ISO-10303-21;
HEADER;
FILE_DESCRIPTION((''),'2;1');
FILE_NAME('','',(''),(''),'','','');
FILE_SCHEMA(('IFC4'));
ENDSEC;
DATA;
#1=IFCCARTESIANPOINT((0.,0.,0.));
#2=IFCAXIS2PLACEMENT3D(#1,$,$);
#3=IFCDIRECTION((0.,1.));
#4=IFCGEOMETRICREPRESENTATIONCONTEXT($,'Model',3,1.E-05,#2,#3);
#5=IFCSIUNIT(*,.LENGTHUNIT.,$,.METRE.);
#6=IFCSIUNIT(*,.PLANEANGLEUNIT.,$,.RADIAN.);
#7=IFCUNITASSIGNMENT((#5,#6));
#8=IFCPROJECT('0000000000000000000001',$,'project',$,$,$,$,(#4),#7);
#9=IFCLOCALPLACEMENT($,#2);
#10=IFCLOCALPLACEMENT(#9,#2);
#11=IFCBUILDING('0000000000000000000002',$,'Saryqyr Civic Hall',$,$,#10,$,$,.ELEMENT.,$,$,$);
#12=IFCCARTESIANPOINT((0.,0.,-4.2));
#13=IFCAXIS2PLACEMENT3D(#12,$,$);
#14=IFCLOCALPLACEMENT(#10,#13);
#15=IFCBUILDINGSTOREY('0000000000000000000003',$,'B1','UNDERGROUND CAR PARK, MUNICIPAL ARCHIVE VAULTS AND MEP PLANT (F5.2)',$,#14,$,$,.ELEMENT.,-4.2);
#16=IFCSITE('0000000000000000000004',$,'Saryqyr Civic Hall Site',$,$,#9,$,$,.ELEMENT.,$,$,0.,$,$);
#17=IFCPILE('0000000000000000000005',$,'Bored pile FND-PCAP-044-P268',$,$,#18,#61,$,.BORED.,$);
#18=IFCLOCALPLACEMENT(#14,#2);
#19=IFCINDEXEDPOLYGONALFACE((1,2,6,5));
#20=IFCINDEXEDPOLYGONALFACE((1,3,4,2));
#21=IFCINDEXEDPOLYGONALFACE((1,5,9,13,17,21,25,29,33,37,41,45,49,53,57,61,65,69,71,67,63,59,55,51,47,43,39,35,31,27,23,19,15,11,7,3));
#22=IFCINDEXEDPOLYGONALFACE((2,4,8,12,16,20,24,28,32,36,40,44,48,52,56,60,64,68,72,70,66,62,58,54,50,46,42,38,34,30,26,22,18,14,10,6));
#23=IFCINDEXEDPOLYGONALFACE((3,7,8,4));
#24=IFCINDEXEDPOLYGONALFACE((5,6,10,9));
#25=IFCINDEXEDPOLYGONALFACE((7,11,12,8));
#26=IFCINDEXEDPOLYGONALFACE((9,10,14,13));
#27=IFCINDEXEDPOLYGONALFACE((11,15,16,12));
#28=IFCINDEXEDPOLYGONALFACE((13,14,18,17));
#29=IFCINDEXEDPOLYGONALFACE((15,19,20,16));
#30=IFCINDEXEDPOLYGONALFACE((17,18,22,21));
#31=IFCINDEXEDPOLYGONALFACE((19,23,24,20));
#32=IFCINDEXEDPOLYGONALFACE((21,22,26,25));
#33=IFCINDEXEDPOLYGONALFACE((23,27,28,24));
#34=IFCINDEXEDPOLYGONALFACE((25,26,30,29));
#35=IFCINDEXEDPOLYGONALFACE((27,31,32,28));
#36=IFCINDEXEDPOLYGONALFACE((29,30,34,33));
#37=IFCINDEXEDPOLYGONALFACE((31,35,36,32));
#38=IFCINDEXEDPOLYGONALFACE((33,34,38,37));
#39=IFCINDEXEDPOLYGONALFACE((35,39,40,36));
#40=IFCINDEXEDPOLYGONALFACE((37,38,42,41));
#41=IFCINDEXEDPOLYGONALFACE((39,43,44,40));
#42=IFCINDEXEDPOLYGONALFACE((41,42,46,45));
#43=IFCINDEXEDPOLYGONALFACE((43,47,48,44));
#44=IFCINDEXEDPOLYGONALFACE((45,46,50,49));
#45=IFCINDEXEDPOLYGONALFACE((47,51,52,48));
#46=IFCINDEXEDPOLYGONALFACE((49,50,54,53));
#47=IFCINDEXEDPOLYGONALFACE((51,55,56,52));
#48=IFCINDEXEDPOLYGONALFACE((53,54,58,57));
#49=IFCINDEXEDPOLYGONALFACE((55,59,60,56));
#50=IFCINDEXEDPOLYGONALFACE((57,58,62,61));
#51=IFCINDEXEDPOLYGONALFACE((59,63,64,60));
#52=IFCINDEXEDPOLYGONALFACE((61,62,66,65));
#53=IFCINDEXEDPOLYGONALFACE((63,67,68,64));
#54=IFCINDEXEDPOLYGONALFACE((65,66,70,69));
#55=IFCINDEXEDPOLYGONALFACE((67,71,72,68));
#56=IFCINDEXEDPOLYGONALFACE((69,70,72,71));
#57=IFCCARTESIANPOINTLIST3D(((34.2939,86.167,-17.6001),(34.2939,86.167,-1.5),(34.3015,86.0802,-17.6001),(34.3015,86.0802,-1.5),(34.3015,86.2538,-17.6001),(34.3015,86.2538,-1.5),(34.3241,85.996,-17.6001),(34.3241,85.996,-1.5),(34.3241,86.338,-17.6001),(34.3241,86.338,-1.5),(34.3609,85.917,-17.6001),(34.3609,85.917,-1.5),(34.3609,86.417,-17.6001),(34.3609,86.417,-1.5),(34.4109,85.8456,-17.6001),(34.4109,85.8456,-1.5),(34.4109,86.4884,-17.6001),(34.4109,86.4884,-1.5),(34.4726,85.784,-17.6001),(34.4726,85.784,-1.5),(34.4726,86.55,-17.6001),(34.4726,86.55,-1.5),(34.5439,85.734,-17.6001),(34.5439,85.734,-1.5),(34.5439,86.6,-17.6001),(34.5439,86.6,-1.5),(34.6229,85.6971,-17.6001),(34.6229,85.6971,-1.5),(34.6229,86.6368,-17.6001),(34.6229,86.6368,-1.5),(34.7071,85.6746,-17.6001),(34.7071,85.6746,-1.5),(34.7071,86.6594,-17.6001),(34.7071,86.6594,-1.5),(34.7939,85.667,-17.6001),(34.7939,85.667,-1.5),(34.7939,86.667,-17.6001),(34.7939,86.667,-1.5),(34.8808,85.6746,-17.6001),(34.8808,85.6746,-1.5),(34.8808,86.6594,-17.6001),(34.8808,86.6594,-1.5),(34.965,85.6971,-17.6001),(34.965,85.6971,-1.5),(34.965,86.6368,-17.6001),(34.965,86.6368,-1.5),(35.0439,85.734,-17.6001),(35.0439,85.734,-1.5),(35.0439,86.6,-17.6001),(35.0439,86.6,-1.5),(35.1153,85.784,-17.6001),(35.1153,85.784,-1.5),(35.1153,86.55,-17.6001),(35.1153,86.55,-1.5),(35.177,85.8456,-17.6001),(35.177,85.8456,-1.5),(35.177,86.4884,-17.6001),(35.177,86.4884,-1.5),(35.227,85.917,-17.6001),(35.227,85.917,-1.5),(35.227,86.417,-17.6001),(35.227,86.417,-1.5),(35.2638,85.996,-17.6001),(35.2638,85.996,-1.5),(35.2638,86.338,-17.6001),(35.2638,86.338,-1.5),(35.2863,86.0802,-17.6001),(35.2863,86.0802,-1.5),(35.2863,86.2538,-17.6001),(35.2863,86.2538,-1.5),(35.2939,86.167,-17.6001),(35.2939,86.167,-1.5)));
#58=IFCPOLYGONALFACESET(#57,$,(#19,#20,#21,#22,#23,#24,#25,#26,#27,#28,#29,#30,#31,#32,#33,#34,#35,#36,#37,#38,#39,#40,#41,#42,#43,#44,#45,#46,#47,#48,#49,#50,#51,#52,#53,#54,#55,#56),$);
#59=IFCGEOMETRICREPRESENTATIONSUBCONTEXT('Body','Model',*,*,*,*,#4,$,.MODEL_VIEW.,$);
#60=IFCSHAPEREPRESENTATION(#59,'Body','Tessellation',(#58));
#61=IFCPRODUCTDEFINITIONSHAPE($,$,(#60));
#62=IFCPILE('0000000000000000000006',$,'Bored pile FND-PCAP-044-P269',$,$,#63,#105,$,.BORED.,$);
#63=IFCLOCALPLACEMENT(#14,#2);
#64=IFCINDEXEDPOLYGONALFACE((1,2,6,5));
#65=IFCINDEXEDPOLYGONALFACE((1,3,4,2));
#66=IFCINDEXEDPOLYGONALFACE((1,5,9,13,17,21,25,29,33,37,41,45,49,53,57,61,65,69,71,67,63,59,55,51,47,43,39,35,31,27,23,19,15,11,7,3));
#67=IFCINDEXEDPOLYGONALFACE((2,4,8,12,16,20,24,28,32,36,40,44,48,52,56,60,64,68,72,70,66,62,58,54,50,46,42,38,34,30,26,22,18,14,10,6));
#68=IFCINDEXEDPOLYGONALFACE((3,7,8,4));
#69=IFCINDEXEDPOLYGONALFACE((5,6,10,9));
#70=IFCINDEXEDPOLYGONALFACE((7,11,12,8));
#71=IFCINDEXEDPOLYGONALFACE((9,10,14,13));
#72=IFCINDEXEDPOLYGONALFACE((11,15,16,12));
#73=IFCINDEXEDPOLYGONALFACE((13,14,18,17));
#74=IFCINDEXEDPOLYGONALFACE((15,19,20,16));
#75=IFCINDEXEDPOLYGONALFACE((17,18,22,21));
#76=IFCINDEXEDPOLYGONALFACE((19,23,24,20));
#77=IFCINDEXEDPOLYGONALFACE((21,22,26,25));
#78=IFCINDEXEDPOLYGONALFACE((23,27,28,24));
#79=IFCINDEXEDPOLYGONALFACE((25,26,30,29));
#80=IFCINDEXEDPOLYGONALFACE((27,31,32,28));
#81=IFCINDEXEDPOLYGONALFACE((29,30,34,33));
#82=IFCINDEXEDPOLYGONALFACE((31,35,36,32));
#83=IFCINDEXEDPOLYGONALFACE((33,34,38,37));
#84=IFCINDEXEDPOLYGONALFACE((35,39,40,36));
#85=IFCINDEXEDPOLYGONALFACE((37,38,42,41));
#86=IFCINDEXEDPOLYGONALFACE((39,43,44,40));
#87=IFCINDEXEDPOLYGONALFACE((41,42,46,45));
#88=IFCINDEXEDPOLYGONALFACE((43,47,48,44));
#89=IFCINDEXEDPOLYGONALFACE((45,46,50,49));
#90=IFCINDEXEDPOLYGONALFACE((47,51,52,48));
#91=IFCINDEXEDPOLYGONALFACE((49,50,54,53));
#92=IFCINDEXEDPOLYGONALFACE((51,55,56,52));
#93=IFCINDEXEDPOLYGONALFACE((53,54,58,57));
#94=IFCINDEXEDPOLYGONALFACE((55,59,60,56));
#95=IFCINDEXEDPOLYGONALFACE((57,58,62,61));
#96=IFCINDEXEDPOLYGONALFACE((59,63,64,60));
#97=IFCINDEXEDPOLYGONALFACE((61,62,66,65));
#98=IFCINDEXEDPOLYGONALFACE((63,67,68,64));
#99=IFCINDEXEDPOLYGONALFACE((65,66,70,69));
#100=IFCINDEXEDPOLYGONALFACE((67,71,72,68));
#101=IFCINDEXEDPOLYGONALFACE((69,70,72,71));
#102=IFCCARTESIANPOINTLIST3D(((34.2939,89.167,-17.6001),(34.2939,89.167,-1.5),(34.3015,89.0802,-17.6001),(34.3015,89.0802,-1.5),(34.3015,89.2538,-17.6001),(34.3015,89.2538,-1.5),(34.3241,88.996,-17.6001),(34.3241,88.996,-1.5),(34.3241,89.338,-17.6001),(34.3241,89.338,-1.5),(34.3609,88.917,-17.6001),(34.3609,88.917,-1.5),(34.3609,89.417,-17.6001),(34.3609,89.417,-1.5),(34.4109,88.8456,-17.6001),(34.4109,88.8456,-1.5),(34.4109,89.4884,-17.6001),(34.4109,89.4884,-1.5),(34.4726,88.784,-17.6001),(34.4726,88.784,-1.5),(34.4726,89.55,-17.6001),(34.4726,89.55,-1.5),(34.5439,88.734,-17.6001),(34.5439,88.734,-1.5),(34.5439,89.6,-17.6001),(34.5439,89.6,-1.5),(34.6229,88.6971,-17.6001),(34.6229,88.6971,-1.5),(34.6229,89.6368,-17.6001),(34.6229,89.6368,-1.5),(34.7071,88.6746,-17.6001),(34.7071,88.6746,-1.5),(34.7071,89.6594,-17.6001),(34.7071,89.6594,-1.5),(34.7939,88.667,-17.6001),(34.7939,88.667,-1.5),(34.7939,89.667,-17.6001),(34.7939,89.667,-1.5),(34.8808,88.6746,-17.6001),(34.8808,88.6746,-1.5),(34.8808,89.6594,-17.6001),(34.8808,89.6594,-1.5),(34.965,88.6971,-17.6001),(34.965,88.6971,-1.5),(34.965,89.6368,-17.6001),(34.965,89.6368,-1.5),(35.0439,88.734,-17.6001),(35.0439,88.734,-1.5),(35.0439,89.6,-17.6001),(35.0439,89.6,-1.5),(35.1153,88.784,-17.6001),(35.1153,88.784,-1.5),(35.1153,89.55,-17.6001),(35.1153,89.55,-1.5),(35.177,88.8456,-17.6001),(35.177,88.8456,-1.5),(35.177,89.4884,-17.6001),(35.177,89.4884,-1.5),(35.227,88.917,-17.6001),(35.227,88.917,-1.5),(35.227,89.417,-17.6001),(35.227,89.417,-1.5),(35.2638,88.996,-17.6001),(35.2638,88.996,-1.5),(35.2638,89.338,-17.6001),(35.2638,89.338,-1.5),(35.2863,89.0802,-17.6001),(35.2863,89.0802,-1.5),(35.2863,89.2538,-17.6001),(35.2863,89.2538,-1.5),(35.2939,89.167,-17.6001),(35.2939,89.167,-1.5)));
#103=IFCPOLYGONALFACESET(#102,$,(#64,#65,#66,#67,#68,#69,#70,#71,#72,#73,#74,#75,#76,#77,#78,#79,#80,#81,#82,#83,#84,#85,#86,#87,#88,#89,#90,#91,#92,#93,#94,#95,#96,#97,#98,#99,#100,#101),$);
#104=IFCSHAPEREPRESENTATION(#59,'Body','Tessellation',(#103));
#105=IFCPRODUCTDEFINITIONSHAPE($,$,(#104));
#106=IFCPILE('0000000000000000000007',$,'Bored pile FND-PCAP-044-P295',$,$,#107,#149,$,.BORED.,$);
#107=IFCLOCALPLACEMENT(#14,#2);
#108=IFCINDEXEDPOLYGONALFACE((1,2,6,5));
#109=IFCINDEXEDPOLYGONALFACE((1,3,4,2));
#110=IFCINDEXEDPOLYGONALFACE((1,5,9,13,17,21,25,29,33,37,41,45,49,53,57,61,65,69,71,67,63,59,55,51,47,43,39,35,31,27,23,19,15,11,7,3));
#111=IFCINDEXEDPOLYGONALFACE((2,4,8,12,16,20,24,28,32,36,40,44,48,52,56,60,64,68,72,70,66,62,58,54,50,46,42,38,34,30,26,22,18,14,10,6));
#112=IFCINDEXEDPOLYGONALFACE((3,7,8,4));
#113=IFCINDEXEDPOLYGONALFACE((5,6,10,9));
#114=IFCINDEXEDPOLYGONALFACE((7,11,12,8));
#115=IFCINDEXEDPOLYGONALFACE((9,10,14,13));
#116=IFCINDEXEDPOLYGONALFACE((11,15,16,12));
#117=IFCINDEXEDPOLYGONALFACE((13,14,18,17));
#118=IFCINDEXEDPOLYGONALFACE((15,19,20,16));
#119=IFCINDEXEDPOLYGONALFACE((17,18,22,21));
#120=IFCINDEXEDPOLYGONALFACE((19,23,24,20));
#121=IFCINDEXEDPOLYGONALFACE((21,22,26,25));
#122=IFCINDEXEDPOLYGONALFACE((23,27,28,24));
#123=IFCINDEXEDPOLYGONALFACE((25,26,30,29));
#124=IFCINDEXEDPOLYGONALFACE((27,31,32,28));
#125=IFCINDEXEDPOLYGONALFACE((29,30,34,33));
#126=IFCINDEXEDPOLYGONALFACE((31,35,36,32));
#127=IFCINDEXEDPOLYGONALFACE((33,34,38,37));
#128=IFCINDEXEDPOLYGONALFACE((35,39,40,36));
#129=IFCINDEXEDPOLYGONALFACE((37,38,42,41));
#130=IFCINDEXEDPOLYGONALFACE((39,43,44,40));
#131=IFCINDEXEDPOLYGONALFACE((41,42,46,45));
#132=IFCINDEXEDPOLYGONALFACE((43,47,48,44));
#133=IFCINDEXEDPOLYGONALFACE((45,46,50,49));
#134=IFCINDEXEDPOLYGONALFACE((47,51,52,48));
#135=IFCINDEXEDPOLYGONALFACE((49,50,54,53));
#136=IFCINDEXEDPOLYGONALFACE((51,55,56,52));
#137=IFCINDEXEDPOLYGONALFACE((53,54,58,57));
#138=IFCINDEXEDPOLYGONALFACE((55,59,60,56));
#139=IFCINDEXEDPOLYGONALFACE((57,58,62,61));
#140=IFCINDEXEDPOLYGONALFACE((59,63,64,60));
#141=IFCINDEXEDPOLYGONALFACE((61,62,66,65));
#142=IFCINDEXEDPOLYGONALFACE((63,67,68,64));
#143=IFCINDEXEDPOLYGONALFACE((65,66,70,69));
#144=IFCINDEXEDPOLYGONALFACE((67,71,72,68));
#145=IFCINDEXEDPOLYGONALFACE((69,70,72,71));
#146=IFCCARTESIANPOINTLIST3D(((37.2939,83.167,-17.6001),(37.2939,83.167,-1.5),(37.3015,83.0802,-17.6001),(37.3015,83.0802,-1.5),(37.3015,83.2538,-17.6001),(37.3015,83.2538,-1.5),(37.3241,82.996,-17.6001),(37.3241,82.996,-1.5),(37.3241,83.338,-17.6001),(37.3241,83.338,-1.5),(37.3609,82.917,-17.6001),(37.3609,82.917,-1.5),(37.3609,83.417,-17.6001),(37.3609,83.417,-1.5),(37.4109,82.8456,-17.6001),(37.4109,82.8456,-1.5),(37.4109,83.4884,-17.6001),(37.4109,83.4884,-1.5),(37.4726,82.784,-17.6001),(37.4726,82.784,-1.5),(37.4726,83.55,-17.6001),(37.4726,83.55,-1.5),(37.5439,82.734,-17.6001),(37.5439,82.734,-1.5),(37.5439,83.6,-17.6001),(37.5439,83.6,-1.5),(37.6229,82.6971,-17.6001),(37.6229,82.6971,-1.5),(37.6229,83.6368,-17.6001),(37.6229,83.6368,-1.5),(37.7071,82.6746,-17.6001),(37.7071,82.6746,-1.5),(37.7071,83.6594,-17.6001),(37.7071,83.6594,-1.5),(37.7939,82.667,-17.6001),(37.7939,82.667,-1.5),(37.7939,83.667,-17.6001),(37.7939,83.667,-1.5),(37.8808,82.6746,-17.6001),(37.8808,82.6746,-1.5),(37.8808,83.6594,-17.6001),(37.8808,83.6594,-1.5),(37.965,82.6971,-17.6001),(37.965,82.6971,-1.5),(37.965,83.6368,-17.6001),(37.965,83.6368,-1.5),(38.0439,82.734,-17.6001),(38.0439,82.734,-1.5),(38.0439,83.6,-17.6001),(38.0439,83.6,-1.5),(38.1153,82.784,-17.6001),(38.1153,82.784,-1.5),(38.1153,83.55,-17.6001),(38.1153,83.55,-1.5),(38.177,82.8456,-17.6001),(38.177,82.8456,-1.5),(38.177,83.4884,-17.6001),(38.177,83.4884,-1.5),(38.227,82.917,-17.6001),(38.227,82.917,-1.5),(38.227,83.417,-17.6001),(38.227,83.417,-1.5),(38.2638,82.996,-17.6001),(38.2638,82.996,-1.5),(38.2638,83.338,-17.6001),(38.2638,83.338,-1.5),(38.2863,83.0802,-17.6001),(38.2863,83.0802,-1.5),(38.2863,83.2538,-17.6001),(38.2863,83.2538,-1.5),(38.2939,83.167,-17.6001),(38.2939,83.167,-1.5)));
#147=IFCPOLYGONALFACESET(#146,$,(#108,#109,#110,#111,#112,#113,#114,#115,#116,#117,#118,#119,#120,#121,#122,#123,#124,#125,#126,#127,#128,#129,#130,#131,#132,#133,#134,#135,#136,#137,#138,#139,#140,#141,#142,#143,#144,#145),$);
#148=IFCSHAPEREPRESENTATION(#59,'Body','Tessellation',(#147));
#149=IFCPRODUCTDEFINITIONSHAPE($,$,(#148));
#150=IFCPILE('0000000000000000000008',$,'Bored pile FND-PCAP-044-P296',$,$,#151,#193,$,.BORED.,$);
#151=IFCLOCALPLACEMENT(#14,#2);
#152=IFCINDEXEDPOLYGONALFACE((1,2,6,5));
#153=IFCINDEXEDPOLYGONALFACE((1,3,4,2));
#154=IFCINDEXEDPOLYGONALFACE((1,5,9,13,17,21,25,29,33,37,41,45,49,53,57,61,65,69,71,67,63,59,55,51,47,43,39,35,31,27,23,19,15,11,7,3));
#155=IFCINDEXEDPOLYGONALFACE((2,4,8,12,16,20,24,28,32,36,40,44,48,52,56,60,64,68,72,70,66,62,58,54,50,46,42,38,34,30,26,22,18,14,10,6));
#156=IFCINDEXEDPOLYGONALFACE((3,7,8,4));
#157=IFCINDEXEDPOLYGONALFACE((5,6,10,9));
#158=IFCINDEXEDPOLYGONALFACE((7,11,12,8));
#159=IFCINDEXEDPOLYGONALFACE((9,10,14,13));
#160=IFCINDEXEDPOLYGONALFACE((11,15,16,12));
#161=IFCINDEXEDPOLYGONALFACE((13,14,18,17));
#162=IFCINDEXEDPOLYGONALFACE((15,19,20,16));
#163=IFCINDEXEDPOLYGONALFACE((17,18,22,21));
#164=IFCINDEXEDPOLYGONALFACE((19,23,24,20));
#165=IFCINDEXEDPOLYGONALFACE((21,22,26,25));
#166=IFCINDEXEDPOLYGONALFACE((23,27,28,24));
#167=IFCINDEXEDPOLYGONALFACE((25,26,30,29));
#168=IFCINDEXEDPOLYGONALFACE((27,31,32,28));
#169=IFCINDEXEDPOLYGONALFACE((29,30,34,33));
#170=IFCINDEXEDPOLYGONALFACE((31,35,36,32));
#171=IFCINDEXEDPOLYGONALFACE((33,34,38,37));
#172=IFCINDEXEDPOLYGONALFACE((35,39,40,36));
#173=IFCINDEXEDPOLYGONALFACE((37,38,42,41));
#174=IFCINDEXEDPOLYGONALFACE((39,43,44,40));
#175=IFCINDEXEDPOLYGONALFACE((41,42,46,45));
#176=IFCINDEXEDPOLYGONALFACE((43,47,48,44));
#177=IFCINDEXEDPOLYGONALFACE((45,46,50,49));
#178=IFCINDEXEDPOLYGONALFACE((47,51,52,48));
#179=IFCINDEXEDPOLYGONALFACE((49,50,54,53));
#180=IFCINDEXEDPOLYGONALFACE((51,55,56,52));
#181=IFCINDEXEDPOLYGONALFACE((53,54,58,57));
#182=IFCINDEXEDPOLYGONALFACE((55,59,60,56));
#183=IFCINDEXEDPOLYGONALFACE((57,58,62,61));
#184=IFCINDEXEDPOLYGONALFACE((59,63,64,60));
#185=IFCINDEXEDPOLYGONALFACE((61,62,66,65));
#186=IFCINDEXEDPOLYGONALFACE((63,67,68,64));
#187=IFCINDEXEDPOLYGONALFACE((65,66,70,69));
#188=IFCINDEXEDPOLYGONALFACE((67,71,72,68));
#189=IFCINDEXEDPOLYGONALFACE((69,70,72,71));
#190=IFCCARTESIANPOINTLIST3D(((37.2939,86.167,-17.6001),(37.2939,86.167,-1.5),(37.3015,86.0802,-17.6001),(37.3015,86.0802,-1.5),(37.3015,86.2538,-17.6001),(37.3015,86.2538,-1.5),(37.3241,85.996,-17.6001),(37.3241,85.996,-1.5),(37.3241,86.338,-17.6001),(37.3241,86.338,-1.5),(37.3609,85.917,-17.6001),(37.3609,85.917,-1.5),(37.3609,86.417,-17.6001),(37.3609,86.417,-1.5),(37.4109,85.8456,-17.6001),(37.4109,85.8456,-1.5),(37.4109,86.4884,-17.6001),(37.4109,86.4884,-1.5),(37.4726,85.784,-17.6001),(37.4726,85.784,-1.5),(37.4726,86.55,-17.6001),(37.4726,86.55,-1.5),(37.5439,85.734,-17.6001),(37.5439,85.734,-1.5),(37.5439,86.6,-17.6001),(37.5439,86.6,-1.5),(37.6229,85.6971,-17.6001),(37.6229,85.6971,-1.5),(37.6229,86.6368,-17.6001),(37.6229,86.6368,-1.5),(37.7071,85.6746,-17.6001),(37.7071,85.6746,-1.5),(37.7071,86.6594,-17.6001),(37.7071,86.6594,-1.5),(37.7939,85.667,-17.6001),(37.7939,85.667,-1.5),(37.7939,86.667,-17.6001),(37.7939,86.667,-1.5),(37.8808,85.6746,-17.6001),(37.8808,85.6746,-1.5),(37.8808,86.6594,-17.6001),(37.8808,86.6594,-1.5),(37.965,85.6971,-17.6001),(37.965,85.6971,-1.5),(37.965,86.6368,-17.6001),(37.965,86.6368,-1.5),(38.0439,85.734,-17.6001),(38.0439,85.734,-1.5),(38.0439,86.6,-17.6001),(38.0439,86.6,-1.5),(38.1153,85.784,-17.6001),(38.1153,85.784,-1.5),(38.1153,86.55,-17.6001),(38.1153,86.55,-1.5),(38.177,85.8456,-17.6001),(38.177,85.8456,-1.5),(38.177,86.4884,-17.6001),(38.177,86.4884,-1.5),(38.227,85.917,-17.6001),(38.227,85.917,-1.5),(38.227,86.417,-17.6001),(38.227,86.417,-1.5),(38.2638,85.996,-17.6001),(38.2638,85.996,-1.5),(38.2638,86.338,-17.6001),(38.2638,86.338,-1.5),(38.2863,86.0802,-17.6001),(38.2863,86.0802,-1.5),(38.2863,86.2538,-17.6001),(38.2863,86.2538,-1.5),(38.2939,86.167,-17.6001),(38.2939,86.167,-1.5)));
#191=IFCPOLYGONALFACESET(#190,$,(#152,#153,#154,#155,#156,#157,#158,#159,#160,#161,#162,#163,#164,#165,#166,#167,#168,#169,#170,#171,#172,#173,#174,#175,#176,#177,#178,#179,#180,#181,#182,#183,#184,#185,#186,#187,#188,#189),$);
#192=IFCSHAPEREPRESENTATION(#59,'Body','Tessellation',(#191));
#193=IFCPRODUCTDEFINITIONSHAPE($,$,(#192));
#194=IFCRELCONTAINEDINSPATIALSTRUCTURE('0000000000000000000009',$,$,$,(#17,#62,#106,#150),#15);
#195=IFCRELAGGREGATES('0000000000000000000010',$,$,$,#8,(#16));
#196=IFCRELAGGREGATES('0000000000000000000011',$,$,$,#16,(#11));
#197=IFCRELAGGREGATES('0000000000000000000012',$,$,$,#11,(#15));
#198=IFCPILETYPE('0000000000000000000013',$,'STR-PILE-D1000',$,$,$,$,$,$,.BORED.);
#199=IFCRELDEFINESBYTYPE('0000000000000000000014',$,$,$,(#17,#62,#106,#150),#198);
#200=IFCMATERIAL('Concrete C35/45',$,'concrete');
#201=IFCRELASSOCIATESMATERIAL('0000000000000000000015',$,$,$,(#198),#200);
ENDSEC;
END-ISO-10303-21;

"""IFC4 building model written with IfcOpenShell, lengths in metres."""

from ifc_helpers import new_model, si_unit, direction, frame, origin, origin_2d, place, context, subcontext, project, spatial, circle, extrude, material, material_profile, profile_set, type_object, element, save


model = new_model("IFC4")

# Units and contexts
model_context = context("Model", 3, precision=1e-05, world=origin(), true_north=direction((0.0, 1.0)))
body_context = subcontext(model_context, "Body", "Model", "MODEL_VIEW")
ifc_project = project(units=[si_unit("LENGTHUNIT", "METRE"), si_unit("PLANEANGLEUNIT", "RADIAN")], contexts=[model_context])

# Site, building, storey
site_placement = place(None, origin())
site = spatial("IfcSite", under=ifc_project, at=site_placement, Name="Saryqyr Civic Hall Site", CompositionType="ELEMENT", RefElevation=0.0)
building_placement = place(site_placement, origin())
building = spatial("IfcBuilding", under=site, at=building_placement, Name="Saryqyr Civic Hall", CompositionType="ELEMENT")
storey_placement = place(building_placement, frame((0.0, 0.0, -4.2)))
storey = spatial("IfcBuildingStorey", under=building, at=storey_placement, Name="B1", Description="UNDERGROUND CAR PARK, MUNICIPAL ARCHIVE VAULTS AND MEP PLANT (F5.2)", CompositionType="ELEMENT", Elevation=-4.2)

# Piles
ifc_material_1 = material(Name="Concrete C35/45", Category="concrete")
ifc_material_profile_1 = material_profile(ifc_material_1, circle(Radius=0.5, at=origin_2d()), Name="BORED PILE D1000")
ifc_profile_set_1 = profile_set([ifc_material_profile_1], Name="Concrete C35/45")
pile_type = type_object("IfcPileType", Name="STR-PILE-D1000", PredefinedType="BORED", material=ifc_profile_set_1)
for number, where, z_axis, x_axis, name in (
    (1, (34.7939, 86.167, -1.5), (0.0, 0.0, -1.0), (1.0, 0.0, 0.0), "Bored pile FND-PCAP-044-P268"),
    (2, (34.7939, 89.167, -1.5), (0.0, 0.0, -1.0), (1.0, 0.0, 0.0), "Bored pile FND-PCAP-044-P269"),
    (3, (37.7939, 83.167, -1.5), (0.0, 0.0, -1.0), (1.0, 0.0, 0.0), "Bored pile FND-PCAP-044-P295"),
    (4, (37.7939, 86.167, -1.5), (0.0, 0.0, -1.0), (1.0, 0.0, 0.0), "Bored pile FND-PCAP-044-P296"),
):
    element("IfcPile", number, at=place(storey_placement, frame(where, z_axis=z_axis, x_axis=x_axis)), inside=storey, type_object=pile_type, Name=name, PredefinedType="BORED", context=body_context, shape_type="SweptSolid", body=[
        extrude(circle(Radius=0.5, at=origin_2d()), origin(), (0.0, 0.0, 1.0), 16.1001),
    ])

save(model, "model.ifc")
